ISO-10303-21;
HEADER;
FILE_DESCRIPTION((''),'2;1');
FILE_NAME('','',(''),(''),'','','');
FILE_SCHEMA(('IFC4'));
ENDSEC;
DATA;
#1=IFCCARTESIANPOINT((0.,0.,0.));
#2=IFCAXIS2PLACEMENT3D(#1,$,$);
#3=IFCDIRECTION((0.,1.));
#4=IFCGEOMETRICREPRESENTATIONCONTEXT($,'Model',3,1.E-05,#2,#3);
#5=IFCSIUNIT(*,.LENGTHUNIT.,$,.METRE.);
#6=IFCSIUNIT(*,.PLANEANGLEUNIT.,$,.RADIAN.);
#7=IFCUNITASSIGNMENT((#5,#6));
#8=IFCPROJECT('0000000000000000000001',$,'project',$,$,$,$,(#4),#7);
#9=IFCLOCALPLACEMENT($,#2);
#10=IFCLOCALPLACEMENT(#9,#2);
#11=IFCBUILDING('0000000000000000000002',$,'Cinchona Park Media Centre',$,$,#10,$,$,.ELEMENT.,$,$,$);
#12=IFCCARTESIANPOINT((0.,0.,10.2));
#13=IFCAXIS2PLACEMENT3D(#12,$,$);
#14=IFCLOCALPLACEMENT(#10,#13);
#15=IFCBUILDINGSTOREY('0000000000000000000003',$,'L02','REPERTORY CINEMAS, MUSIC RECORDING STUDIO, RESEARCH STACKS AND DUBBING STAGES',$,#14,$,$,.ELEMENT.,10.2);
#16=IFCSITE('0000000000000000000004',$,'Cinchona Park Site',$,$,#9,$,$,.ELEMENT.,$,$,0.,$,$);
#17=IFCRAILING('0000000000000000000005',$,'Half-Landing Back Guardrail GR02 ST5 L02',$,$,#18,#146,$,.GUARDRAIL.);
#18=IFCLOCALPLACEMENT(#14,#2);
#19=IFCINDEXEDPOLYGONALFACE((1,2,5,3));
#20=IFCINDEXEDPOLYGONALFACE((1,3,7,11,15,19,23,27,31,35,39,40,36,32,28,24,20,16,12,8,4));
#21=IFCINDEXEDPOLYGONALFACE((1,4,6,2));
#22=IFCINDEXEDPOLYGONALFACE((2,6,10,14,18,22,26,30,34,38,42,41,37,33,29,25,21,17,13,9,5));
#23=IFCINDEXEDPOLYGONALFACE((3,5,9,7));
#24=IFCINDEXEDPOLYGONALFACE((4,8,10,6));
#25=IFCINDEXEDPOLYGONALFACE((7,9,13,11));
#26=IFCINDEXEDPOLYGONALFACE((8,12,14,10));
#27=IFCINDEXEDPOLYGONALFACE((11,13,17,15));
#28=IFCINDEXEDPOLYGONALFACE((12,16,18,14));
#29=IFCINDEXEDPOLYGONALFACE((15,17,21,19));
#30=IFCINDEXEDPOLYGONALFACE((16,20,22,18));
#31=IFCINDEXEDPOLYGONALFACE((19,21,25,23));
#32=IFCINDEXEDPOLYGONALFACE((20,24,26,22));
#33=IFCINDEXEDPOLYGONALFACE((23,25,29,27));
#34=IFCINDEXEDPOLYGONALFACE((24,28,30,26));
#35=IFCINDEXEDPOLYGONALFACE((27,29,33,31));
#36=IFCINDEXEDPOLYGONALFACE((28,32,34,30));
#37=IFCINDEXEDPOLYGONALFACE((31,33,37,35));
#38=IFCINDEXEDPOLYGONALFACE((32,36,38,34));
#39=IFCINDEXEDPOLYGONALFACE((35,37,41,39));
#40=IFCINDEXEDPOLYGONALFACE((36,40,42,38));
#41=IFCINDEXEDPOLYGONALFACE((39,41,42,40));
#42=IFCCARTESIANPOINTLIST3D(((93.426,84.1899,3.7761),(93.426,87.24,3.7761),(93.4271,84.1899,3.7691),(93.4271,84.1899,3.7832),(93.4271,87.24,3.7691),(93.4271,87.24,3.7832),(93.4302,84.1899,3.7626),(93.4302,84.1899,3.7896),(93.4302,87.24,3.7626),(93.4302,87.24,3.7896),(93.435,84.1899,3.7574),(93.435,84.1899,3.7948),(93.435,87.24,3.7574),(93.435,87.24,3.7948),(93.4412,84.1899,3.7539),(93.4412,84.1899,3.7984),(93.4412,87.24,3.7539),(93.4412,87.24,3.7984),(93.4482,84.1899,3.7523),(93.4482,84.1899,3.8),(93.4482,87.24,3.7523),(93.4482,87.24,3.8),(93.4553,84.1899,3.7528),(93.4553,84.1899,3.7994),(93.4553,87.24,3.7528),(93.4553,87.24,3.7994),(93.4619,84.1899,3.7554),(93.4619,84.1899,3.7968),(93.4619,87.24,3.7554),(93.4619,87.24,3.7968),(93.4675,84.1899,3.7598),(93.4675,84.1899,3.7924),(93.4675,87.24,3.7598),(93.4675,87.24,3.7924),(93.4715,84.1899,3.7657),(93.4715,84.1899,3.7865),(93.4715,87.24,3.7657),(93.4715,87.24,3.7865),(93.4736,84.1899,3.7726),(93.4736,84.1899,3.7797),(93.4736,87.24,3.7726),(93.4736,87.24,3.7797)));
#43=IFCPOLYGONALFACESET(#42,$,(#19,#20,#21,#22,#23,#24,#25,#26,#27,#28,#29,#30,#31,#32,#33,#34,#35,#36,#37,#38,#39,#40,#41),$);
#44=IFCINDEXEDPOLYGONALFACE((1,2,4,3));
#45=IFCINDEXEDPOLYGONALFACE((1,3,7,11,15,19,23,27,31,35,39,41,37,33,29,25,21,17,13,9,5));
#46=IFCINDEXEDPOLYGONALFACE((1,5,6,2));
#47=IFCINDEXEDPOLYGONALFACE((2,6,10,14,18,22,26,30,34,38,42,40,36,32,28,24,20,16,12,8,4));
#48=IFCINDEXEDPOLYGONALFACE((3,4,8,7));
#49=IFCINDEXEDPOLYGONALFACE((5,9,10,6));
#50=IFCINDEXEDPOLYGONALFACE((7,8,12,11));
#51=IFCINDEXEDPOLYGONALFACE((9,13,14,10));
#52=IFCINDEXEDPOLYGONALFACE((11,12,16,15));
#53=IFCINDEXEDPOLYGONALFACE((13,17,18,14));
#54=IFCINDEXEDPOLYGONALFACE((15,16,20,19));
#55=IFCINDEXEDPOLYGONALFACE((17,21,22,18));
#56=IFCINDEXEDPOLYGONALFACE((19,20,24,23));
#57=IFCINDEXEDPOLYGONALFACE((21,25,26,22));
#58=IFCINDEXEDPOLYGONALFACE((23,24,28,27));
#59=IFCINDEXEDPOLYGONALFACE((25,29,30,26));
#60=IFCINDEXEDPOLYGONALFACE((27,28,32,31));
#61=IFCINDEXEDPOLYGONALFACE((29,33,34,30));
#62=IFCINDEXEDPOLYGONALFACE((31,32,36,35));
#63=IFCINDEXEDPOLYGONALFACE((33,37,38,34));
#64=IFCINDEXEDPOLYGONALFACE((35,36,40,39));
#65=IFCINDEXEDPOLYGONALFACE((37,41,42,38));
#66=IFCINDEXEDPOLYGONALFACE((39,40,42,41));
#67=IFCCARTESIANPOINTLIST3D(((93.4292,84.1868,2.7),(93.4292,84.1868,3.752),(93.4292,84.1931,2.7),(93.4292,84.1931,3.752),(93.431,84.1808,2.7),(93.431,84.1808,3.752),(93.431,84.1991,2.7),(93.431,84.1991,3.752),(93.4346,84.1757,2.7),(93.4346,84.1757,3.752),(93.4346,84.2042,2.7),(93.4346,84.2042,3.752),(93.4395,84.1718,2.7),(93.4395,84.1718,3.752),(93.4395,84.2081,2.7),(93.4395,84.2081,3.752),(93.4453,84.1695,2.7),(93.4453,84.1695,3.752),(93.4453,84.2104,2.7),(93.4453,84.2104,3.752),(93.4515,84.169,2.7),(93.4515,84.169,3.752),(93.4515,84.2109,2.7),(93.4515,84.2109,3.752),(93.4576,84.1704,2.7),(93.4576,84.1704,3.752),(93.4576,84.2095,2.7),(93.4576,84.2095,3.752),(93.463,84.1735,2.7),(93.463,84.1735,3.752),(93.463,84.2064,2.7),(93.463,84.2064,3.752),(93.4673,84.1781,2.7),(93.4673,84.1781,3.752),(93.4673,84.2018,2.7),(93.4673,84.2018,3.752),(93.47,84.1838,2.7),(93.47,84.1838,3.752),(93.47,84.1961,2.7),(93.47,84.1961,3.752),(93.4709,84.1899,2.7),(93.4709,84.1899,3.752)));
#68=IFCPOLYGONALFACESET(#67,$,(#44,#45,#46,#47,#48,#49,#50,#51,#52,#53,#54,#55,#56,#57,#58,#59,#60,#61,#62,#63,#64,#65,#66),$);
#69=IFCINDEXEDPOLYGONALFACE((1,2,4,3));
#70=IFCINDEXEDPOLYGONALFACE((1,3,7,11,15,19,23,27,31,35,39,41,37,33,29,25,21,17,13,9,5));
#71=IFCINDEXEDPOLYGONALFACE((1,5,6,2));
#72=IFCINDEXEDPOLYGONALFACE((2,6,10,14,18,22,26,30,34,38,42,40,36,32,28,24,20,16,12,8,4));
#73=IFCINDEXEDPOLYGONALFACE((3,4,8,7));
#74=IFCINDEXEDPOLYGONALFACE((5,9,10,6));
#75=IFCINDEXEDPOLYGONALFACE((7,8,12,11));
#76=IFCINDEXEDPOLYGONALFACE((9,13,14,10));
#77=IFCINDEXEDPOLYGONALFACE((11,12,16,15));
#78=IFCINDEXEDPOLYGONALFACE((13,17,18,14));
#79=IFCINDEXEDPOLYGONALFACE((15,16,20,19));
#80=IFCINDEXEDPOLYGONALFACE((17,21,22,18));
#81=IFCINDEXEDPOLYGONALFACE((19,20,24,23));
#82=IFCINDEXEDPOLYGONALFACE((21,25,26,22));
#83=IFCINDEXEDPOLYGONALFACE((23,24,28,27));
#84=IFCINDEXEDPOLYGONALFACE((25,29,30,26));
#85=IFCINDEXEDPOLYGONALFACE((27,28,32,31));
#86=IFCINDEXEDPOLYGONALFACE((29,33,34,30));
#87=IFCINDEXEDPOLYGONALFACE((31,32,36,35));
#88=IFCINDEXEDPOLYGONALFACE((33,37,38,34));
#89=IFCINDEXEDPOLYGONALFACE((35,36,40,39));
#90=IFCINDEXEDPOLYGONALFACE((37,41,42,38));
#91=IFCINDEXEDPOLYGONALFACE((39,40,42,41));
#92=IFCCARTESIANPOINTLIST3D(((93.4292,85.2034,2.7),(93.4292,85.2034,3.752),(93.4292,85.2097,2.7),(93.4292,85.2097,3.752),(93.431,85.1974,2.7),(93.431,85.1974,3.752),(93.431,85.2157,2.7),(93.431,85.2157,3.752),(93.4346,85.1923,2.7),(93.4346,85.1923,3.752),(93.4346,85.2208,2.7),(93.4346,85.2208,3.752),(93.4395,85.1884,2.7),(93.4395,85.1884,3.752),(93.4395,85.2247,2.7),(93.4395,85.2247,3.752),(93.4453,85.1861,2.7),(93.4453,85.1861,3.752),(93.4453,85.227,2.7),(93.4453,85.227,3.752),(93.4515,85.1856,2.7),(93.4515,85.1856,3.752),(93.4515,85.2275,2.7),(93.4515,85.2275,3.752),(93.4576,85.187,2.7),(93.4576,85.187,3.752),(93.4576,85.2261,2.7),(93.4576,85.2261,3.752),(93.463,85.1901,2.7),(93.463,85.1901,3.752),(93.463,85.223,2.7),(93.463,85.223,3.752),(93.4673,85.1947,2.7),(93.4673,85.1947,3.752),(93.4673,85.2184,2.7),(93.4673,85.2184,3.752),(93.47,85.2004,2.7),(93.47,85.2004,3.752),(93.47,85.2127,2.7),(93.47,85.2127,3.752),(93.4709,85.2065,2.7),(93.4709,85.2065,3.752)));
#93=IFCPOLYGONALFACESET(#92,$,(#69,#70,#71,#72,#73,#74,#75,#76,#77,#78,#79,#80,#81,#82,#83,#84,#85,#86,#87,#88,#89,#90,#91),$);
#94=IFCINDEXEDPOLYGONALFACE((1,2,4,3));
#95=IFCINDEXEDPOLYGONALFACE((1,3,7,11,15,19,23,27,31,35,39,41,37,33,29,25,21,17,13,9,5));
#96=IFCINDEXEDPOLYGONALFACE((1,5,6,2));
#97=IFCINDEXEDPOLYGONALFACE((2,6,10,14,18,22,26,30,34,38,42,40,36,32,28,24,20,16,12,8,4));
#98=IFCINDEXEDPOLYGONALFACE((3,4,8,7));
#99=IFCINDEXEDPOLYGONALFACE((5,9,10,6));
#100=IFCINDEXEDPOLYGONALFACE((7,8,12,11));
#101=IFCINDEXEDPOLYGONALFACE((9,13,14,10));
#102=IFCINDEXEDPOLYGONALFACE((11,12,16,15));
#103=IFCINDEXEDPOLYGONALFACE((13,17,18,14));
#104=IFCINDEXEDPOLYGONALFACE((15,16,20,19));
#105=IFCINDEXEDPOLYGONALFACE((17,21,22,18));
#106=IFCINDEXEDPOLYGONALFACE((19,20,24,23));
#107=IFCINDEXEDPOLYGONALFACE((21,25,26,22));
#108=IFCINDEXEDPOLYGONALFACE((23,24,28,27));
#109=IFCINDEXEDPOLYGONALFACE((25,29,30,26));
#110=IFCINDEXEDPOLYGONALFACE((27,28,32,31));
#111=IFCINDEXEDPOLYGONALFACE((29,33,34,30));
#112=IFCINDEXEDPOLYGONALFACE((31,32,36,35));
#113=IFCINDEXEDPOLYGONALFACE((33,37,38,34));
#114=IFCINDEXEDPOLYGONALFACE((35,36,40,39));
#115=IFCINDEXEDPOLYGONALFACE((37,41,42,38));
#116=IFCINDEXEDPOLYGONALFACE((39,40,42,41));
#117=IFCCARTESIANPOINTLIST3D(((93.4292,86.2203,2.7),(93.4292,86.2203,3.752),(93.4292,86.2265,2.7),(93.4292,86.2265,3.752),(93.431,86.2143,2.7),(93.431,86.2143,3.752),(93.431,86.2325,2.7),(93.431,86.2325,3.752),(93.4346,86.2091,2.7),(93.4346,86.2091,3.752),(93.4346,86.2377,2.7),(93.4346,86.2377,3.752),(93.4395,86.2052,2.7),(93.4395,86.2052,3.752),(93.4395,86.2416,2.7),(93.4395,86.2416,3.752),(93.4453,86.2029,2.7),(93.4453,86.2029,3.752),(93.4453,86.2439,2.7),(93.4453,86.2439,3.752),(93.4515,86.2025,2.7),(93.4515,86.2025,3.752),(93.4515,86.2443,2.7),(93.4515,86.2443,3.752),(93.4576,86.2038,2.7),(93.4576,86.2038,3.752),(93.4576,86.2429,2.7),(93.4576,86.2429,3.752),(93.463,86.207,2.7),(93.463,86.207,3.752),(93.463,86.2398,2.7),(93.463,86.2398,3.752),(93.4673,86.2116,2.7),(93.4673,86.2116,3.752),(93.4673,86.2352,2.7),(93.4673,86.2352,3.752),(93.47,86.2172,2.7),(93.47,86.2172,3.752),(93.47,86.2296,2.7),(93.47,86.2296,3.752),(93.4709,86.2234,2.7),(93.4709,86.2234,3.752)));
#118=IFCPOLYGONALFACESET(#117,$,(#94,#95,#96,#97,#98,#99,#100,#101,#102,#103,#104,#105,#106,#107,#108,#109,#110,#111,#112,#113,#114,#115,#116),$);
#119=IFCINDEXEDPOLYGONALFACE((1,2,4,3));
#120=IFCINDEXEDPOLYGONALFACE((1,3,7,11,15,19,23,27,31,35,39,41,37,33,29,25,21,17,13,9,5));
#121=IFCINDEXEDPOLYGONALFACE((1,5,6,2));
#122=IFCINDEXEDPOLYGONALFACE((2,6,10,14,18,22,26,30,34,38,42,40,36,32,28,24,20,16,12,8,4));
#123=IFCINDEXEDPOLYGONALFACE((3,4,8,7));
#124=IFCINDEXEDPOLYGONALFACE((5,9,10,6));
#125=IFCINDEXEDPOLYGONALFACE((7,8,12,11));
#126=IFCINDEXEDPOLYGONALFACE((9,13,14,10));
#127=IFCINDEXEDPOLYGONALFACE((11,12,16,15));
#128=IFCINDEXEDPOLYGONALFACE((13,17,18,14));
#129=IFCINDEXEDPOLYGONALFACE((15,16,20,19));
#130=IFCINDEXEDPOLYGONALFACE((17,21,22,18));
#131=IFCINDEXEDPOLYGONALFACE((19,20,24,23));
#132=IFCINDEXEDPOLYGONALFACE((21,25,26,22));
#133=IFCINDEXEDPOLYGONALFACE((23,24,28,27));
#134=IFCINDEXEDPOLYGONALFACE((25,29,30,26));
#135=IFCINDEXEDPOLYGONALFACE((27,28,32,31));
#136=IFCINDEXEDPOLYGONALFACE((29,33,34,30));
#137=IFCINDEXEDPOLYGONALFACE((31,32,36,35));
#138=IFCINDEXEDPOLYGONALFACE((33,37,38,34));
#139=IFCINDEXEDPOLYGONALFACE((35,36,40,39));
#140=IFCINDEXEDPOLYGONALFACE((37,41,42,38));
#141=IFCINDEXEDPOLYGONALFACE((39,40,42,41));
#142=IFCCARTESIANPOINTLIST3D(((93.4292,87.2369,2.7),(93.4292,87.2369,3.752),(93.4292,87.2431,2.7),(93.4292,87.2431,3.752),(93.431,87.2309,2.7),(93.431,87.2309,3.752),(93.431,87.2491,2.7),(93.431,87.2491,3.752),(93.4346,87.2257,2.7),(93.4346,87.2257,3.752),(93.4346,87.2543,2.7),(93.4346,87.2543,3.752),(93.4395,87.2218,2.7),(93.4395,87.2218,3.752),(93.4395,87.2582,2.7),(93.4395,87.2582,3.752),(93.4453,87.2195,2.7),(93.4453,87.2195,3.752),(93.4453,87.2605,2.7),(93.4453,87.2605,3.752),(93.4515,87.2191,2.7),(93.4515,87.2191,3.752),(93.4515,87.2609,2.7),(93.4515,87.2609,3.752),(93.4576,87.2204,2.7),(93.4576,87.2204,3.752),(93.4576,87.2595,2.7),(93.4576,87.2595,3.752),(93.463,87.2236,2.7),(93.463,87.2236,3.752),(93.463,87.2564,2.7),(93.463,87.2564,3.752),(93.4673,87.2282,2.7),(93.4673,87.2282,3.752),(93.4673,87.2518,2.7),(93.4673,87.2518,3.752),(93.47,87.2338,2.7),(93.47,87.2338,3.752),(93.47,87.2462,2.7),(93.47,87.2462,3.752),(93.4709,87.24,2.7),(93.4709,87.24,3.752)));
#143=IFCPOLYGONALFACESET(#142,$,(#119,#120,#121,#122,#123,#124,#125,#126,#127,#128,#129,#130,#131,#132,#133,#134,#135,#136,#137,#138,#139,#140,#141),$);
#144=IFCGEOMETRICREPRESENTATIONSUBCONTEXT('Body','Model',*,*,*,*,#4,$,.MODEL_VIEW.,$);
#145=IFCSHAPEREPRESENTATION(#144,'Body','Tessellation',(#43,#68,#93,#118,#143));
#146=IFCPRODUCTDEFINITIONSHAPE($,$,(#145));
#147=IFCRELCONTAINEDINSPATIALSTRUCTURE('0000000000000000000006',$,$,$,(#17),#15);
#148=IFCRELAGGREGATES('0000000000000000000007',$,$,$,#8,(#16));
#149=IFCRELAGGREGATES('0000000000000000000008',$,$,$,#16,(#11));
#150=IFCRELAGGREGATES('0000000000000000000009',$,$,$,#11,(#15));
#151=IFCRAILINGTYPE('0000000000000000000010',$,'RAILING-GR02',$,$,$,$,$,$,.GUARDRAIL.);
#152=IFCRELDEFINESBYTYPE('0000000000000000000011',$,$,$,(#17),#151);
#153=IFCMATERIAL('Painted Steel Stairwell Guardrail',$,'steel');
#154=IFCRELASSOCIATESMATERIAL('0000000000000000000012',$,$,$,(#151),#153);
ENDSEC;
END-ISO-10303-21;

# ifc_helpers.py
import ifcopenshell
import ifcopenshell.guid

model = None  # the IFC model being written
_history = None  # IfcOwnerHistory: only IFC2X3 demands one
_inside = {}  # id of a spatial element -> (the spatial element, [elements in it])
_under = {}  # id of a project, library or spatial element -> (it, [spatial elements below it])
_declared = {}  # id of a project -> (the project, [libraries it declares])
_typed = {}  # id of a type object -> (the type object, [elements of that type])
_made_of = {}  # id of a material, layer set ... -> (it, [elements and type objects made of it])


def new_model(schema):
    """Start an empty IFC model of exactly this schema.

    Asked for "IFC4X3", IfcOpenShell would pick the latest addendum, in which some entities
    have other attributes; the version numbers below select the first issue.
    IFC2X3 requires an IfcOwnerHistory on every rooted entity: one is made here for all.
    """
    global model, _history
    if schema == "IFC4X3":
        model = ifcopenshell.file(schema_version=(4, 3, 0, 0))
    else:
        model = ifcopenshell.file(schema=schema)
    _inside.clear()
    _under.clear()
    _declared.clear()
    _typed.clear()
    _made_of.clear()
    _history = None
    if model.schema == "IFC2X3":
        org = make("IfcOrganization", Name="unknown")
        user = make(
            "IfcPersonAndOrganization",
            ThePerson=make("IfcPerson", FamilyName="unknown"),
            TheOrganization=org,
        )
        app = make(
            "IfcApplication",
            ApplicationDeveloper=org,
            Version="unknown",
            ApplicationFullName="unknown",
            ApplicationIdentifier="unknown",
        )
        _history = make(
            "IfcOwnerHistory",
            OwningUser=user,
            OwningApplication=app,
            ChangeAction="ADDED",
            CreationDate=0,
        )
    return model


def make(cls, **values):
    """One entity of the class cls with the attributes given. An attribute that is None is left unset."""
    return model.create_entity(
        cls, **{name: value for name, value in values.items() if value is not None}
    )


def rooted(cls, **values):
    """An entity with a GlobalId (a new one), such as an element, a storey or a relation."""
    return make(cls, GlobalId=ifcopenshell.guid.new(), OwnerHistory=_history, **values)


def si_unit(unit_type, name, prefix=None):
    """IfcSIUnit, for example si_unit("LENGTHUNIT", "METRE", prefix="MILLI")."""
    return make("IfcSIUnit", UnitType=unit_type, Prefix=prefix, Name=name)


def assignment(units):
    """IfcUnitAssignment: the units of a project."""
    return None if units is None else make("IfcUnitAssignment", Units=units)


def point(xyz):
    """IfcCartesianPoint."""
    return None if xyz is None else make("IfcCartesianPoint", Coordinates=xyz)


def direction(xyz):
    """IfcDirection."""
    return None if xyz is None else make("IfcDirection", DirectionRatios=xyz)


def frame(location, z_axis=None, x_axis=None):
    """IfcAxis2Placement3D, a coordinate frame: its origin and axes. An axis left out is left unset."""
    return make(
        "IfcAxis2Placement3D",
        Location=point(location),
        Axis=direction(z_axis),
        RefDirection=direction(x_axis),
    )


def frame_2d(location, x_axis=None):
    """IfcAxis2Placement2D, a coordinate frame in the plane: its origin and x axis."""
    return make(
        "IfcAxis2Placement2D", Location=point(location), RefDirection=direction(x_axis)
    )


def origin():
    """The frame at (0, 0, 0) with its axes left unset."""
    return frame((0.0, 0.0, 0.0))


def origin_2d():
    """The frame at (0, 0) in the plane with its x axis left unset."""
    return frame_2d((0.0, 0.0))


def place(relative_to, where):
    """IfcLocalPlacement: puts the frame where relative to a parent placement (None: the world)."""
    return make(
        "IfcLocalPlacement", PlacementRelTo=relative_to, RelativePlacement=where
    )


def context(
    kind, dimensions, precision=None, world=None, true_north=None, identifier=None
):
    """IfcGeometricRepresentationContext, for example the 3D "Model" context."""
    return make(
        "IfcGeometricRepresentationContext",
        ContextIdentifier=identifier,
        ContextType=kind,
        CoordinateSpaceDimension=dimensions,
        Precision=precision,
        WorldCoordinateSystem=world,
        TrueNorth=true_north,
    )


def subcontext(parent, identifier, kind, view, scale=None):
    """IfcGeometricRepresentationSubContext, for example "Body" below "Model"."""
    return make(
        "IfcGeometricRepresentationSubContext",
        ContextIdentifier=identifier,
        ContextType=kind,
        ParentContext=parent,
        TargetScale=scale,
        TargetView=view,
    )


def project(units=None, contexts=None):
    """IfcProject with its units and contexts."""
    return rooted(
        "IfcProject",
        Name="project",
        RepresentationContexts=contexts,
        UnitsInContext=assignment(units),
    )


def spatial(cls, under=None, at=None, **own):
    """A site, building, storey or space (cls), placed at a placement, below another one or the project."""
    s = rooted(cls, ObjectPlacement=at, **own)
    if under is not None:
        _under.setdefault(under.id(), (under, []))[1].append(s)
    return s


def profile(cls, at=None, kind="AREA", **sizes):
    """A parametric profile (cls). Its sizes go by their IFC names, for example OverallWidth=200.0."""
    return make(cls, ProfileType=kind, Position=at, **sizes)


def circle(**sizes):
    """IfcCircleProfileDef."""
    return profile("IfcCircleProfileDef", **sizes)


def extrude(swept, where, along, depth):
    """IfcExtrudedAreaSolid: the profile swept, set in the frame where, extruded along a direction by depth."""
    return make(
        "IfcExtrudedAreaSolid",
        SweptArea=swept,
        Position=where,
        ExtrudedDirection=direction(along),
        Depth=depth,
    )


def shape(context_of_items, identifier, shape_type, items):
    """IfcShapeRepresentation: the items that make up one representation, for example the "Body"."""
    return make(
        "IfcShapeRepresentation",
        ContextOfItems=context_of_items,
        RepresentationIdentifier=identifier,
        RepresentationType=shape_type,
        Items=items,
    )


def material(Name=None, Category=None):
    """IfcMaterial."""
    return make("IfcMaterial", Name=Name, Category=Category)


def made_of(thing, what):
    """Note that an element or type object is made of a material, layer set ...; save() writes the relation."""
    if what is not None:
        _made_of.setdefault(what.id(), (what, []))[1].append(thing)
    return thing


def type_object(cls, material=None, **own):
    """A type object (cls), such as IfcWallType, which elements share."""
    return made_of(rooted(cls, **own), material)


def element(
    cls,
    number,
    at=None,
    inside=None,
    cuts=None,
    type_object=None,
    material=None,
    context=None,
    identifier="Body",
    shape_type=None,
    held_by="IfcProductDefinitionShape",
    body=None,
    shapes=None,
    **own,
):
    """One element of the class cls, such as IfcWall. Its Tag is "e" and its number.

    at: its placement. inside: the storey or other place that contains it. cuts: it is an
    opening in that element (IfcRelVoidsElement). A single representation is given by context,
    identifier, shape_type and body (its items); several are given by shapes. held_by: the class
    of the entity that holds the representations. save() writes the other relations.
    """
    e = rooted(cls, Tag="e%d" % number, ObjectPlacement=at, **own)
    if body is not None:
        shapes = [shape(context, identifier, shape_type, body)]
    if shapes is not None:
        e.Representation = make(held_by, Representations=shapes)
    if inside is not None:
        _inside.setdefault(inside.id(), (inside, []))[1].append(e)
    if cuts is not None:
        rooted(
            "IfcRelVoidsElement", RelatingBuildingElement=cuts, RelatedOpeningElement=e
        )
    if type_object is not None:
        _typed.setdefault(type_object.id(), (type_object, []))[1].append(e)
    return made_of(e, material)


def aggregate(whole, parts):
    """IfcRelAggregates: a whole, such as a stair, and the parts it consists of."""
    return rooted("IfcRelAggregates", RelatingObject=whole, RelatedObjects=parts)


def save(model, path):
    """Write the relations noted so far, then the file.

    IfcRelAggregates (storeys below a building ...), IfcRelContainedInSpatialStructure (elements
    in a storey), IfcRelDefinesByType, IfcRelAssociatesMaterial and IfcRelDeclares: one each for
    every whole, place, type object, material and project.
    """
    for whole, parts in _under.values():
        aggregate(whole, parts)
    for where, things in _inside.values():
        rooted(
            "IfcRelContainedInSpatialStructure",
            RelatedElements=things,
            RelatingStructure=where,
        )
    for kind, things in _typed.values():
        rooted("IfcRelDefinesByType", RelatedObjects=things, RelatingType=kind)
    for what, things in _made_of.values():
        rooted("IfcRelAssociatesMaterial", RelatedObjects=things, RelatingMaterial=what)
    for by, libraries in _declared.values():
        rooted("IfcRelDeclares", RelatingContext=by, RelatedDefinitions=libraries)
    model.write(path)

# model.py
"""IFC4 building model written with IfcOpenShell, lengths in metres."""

from ifc_helpers import new_model, si_unit, direction, frame, origin, origin_2d, place, context, subcontext, project, spatial, circle, extrude, material, type_object, element, save


model = new_model("IFC4")

# Units and contexts
model_context = context("Model", 3, precision=1e-05, world=origin(), true_north=direction((0.0, 1.0)))
body_context = subcontext(model_context, "Body", "Model", "MODEL_VIEW")
ifc_project = project(units=[si_unit("LENGTHUNIT", "METRE"), si_unit("PLANEANGLEUNIT", "RADIAN")], contexts=[model_context])

# Site, building, storey
site_placement = place(None, origin())
site = spatial("IfcSite", under=ifc_project, at=site_placement, Name="Cinchona Park Site", CompositionType="ELEMENT", RefElevation=0.0)
building_placement = place(site_placement, origin())
building = spatial("IfcBuilding", under=site, at=building_placement, Name="Cinchona Park Media Centre", CompositionType="ELEMENT")
storey_placement = place(building_placement, frame((0.0, 0.0, 10.2)))
storey = spatial("IfcBuildingStorey", under=building, at=storey_placement, Name="L02", Description="REPERTORY CINEMAS, MUSIC RECORDING STUDIO, RESEARCH STACKS AND DUBBING STAGES", CompositionType="ELEMENT", Elevation=10.2)

# Railing
ifc_material_1 = material(Name="Painted Steel Stairwell Guardrail", Category="steel")
railing_type_1 = type_object("IfcRailingType", Name="RAILING-GR02", PredefinedType="GUARDRAIL", material=ifc_material_1)
railing_1_placement = place(storey_placement, frame((93.45, 84.1899, 2.7)))
element("IfcRailing", 1, at=railing_1_placement, inside=storey, type_object=railing_type_1, Name="Half-Landing Back Guardrail GR02 ST5 L02", PredefinedType="GUARDRAIL", context=body_context, shape_type="SweptSolid", body=[
    extrude(circle(Radius=0.0239, at=origin_2d()), frame((0.0, 0.0, 1.0762), z_axis=(0.0, 1.0, 0.0), x_axis=(-1.0, 0.0, 0.0)), (0.0, 0.0, 1.0), 3.05),
    extrude(circle(Radius=0.021, at=origin_2d()), origin(), (0.0, 0.0, 1.0), 1.052),
    extrude(circle(Radius=0.021, at=origin_2d()), frame((0.0, 1.0166, 0.0)), (0.0, 0.0, 1.0), 1.052),
    extrude(circle(Radius=0.021, at=origin_2d()), frame((0.0, 2.0334, 0.0)), (0.0, 0.0, 1.0), 1.052),
    extrude(circle(Radius=0.021, at=origin_2d()), frame((0.0, 3.05, 0.0)), (0.0, 0.0, 1.0), 1.052),
])

save(model, "model.ifc")
